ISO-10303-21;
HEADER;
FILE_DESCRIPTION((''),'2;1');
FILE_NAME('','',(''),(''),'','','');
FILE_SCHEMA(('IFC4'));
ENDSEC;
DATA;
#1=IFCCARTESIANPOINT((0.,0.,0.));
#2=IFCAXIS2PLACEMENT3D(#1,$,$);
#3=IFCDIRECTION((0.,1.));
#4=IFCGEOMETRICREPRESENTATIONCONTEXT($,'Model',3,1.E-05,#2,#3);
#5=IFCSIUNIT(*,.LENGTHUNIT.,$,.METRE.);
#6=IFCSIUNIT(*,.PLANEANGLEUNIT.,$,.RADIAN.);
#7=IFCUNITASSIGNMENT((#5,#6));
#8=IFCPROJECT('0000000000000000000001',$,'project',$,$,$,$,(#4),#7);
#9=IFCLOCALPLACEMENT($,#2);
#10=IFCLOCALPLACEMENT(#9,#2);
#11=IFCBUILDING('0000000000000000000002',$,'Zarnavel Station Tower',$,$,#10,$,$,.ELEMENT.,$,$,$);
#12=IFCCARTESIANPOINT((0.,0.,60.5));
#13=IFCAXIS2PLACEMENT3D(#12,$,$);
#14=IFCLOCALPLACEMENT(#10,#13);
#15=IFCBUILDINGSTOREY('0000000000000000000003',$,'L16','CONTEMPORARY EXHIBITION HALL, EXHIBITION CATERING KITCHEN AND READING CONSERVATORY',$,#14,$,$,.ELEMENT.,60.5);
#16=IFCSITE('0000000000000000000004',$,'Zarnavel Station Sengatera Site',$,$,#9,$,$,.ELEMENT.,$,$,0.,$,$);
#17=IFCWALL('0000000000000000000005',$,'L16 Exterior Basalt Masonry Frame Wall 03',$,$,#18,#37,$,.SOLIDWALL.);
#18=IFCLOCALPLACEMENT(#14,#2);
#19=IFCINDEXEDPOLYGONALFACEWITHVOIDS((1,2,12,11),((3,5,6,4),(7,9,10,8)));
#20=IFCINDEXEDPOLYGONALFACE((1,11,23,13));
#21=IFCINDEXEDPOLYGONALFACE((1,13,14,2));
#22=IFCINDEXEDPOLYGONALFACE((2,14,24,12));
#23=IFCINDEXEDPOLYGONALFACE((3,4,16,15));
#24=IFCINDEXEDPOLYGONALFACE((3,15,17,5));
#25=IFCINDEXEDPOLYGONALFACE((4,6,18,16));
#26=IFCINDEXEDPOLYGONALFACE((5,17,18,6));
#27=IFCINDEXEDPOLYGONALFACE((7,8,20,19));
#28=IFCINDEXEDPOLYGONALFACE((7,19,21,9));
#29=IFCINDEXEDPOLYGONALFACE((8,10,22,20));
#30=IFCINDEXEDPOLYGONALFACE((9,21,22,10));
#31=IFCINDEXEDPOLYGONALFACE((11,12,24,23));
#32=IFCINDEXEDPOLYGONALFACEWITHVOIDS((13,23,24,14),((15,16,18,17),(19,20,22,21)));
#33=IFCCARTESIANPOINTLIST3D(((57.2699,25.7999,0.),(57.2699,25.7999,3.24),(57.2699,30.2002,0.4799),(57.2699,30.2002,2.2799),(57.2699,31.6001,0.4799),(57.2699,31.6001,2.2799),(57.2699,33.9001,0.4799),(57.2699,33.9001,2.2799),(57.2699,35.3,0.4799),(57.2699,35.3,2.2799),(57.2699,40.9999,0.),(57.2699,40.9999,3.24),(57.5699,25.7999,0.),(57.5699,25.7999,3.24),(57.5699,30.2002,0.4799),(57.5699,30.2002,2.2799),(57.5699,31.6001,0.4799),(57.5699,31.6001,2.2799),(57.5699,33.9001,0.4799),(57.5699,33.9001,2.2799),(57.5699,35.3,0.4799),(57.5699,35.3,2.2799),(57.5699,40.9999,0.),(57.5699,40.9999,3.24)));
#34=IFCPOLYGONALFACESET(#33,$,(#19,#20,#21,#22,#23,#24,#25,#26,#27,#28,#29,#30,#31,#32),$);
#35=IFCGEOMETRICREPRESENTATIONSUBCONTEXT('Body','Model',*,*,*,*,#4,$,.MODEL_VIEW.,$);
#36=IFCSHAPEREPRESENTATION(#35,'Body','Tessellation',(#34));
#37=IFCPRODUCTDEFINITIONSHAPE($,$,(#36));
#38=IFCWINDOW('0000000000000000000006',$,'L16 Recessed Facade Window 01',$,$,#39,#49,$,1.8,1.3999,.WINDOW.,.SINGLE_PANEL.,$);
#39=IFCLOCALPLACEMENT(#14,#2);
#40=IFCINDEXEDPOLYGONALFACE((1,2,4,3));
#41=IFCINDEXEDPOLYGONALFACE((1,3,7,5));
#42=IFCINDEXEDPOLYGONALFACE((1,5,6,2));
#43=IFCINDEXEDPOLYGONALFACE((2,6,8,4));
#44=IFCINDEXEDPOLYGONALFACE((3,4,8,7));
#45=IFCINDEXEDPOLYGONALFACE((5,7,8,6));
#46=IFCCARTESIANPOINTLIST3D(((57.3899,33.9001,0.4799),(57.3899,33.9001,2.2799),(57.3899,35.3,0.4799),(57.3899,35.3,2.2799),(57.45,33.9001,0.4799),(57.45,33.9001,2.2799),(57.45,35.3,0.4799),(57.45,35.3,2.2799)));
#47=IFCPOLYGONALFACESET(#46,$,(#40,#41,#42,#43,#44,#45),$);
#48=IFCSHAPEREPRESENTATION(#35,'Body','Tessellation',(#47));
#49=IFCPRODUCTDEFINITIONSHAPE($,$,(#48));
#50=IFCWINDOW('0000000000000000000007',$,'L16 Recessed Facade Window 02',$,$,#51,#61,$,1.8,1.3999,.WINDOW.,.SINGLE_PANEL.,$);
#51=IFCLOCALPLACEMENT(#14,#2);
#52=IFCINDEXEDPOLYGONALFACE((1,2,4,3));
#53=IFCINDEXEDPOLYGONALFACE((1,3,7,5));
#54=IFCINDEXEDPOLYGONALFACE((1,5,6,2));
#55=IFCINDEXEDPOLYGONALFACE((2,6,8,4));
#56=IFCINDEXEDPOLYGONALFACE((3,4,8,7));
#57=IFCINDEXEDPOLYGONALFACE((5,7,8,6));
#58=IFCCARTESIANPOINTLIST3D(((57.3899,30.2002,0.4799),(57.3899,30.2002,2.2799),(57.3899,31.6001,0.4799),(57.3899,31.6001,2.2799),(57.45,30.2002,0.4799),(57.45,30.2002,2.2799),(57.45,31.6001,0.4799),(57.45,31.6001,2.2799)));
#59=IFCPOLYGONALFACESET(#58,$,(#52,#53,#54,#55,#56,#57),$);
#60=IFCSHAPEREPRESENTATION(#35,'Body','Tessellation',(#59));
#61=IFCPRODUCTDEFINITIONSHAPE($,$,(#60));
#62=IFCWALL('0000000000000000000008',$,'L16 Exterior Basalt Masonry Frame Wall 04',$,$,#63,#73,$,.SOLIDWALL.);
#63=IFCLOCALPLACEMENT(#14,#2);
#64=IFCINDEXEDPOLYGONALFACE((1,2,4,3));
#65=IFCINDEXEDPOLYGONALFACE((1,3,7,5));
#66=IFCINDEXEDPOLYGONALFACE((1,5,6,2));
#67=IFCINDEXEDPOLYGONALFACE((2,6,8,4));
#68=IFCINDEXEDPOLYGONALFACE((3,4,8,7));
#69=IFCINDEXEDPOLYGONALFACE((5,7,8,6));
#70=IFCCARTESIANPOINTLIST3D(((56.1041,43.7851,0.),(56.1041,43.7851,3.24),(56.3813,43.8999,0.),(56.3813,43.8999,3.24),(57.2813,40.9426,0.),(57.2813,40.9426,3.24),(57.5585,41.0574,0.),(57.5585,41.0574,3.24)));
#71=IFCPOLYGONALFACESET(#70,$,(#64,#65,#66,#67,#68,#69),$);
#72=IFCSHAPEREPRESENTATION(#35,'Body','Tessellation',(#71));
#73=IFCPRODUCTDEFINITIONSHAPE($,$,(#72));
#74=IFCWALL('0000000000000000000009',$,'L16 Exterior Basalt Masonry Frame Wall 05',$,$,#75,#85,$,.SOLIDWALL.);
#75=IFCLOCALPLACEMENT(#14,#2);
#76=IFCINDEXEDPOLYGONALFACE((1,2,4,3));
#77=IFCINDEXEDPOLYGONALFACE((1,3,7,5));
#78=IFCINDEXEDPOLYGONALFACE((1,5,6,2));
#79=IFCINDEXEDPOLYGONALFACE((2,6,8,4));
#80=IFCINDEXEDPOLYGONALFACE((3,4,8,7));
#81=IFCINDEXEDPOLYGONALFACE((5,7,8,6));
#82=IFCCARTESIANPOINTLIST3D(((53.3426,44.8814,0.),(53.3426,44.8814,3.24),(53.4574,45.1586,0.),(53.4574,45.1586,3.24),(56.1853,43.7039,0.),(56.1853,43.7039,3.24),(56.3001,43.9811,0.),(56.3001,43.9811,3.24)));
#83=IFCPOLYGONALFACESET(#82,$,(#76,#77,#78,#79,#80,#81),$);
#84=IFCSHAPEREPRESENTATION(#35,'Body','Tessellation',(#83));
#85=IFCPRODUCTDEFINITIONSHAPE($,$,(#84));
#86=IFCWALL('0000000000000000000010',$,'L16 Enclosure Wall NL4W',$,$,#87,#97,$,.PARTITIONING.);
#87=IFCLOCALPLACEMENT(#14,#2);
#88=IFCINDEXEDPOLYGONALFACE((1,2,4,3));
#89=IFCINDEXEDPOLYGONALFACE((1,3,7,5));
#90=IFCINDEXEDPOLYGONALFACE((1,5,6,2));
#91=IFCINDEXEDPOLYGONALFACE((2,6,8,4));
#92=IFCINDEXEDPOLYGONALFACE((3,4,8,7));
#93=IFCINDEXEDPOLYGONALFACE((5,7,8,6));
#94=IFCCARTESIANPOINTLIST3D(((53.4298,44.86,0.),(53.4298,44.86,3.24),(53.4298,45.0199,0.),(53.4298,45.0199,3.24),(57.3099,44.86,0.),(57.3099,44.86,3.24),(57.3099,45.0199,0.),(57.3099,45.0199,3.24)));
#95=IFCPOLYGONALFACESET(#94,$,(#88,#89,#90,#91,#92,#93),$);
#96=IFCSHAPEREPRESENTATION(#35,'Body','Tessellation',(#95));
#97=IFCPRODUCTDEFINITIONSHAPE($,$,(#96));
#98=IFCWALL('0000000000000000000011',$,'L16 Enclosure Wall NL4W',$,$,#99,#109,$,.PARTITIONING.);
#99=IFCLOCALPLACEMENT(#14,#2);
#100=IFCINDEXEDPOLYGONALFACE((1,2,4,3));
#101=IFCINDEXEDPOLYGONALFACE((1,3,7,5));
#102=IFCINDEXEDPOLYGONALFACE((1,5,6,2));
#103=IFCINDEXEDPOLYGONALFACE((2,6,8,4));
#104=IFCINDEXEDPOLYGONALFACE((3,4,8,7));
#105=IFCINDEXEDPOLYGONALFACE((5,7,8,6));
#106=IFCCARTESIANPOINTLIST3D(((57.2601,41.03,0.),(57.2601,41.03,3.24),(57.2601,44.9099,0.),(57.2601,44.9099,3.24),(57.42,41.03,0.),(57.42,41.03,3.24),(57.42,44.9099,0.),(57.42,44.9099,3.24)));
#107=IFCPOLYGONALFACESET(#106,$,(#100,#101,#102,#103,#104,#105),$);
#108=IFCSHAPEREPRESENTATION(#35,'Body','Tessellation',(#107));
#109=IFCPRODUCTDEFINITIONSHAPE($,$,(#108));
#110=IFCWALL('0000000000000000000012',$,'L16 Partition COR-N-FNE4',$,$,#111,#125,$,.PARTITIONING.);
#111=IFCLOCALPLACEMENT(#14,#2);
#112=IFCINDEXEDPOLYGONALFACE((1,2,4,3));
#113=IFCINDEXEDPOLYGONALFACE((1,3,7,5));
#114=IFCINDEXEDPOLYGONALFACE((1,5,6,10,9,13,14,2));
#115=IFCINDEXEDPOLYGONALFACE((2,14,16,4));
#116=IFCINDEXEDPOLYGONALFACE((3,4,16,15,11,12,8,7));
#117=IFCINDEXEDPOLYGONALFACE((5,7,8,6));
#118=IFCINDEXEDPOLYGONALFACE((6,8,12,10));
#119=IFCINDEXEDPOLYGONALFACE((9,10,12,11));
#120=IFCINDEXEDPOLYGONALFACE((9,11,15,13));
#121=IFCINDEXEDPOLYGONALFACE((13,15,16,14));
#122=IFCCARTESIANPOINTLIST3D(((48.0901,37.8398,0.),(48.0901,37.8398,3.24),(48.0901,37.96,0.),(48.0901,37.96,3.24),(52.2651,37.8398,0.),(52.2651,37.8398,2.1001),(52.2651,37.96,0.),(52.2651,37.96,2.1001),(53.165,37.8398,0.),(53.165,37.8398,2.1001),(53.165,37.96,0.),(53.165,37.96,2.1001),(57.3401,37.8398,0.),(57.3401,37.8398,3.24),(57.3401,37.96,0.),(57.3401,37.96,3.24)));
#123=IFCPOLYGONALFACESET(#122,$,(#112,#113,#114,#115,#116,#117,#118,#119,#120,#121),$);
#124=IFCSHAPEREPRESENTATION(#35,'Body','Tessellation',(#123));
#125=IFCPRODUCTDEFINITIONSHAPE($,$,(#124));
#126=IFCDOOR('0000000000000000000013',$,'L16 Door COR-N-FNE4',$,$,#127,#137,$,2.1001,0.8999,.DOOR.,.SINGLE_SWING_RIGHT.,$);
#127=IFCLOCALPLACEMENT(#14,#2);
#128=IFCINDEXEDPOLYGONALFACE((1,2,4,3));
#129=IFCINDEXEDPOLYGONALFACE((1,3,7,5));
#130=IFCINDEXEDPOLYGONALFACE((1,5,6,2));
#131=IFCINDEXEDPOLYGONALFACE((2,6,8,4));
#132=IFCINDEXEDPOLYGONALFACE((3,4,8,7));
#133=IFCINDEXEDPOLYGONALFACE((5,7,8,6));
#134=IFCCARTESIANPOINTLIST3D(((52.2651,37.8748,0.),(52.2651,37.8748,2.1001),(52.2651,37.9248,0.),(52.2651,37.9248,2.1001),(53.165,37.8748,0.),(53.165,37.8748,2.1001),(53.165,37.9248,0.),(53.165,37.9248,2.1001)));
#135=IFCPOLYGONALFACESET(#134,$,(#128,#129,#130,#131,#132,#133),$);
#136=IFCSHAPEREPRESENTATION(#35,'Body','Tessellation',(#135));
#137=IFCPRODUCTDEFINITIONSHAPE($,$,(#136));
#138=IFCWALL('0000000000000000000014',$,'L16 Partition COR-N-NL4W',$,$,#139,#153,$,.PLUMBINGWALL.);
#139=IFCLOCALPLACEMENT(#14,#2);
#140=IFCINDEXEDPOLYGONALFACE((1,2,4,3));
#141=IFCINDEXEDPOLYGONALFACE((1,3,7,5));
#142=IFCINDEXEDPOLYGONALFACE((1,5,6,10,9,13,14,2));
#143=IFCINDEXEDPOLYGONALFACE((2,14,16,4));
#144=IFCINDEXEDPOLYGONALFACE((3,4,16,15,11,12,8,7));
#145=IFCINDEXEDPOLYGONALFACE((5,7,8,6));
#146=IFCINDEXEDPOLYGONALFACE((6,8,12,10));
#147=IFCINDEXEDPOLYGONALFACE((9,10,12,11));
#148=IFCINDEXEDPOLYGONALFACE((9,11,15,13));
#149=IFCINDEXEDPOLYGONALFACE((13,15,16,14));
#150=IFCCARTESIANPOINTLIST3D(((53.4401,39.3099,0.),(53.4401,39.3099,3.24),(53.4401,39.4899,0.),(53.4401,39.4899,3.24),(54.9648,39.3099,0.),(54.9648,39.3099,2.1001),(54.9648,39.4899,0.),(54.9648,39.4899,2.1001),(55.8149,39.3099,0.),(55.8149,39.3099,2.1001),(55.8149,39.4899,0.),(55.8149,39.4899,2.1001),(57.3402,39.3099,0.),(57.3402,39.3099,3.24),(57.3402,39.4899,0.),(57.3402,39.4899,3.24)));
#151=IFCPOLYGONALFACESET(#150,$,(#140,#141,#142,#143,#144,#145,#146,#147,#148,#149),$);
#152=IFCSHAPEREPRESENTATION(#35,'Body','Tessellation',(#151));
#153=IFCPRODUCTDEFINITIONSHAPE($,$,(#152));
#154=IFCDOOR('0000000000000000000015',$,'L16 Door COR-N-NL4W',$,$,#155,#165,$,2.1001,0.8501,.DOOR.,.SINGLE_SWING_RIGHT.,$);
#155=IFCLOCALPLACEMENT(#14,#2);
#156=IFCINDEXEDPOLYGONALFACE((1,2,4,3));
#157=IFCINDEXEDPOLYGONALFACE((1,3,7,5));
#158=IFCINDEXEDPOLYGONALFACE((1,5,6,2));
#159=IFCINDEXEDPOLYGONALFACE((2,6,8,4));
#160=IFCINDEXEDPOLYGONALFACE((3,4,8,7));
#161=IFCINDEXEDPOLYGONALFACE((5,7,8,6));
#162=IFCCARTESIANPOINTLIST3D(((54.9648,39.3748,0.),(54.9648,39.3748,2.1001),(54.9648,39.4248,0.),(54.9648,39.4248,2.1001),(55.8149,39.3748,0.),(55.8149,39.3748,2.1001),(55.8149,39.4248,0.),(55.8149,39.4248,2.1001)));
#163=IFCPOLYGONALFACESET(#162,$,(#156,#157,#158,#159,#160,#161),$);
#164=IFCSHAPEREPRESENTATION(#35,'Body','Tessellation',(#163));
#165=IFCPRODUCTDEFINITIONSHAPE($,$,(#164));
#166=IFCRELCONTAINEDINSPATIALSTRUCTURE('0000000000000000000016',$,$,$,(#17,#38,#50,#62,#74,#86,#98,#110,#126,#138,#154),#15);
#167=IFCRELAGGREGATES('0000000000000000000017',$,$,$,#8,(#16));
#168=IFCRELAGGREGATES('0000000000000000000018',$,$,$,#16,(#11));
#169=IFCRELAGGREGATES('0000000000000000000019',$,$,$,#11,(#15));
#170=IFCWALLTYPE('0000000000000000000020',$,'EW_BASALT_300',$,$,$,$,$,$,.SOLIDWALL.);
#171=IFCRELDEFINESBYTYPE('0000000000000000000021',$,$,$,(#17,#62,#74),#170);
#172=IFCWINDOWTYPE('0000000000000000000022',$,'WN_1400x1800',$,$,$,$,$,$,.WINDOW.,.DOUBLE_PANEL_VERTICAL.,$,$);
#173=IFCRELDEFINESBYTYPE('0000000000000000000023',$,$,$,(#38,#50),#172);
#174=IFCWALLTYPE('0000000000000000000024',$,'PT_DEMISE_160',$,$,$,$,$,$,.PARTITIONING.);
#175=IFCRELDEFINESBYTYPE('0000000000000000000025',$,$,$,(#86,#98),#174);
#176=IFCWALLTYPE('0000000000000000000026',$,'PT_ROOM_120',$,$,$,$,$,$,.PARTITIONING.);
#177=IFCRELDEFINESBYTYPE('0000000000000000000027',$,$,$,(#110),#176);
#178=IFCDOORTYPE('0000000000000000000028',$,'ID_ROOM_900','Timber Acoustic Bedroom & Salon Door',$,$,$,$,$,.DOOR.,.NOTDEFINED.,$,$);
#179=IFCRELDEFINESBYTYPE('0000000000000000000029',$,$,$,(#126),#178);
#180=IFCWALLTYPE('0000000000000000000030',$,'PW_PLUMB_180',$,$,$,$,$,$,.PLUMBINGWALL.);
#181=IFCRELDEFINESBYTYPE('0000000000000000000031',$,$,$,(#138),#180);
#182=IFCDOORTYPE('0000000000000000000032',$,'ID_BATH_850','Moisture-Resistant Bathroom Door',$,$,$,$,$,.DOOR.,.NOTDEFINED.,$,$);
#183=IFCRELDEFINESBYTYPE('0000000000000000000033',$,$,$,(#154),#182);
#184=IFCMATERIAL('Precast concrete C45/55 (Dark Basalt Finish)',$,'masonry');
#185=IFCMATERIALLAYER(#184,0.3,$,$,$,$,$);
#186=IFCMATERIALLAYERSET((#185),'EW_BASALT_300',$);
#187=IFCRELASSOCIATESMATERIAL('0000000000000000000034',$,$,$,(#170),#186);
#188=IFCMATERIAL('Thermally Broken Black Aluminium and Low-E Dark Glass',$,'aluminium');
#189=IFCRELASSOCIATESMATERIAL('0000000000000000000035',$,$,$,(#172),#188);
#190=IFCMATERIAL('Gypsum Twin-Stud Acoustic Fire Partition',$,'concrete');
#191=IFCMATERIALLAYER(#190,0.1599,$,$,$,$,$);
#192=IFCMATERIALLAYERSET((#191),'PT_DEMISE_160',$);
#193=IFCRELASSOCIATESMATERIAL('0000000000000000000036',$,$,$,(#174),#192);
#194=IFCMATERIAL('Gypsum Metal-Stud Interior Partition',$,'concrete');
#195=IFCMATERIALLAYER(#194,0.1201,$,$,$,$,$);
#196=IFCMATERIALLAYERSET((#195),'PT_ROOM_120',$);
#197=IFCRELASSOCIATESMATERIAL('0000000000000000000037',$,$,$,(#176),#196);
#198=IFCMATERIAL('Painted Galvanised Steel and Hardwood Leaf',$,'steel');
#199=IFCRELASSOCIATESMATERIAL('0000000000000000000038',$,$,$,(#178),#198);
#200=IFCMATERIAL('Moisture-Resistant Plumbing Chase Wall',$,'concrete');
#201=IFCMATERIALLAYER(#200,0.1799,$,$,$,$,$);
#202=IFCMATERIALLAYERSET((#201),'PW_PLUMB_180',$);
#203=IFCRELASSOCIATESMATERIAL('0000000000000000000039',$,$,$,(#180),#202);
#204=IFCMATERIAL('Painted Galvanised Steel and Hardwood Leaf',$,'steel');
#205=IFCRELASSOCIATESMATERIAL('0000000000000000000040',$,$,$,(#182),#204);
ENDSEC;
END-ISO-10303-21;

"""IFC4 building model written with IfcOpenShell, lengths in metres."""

from ifc_helpers import new_model, si_unit, direction, frame, frame_2d, origin, place, context, subcontext, project, spatial, rectangle, extrude, material, layer, layer_set, type_object, element, fill, save


model = new_model("IFC4")

# Units and contexts
model_context = context("Model", 3, precision=1e-05, world=origin(), true_north=direction((0.0, 1.0)))
body_context = subcontext(model_context, "Body", "Model", "MODEL_VIEW")
ifc_project = project(units=[si_unit("LENGTHUNIT", "METRE"), si_unit("PLANEANGLEUNIT", "RADIAN")], contexts=[model_context])

# Site, building, storey
site_placement = place(None, origin())
site = spatial("IfcSite", under=ifc_project, at=site_placement, Name="Zarnavel Station Sengatera Site", CompositionType="ELEMENT", RefElevation=0.0)
building_placement = place(site_placement, origin())
building = spatial("IfcBuilding", under=site, at=building_placement, Name="Zarnavel Station Tower", CompositionType="ELEMENT")
storey_placement = place(building_placement, frame((0.0, 0.0, 60.5)))
storey = spatial("IfcBuildingStorey", under=building, at=storey_placement, Name="L16", Description="CONTEMPORARY EXHIBITION HALL, EXHIBITION CATERING KITCHEN AND READING CONSERVATORY", CompositionType="ELEMENT", Elevation=60.5)

# Wall, openings, windows
ifc_material_1 = material(Name="Precast concrete C45/55 (Dark Basalt Finish)", Category="masonry")
ifc_layer_1 = layer(ifc_material_1, 0.3)
ifc_layer_set_1 = layer_set([ifc_layer_1], Name="EW_BASALT_300")
wall_type_1 = type_object("IfcWallType", Name="EW_BASALT_300", PredefinedType="SOLIDWALL", material=ifc_layer_set_1)
wall_1_placement = place(storey_placement, frame((57.4199, 41.0, 0.0), z_axis=(0.0, 0.0, 1.0), x_axis=(0.0, -1.0, 0.0)))
wall_1 = element("IfcWall", 1, at=wall_1_placement, inside=storey, type_object=wall_type_1, Name="L16 Exterior Basalt Masonry Frame Wall 03", PredefinedType="SOLIDWALL", context=body_context, shape_type="SweptSolid", body=[
    extrude(rectangle(XDim=15.2, YDim=0.3, at=frame_2d((7.6001, 0.0))), origin(), (0.0, 0.0, 1.0), 3.24),
])
opening_1_placement = place(wall_1_placement, frame((5.7, 0.0, 0.48)))
opening_1 = element("IfcOpeningElement", 2, at=opening_1_placement, cuts=wall_1, PredefinedType="OPENING", context=body_context, shape_type="SweptSolid", body=[
    extrude(rectangle(XDim=1.3999, YDim=1.8, at=frame_2d((0.7, 0.8999))), frame((0.0, 0.1599, 0.0), z_axis=(0.0, -1.0, 0.0), x_axis=(1.0, 0.0, 0.0)), (0.0, 0.0, 1.0), 0.3201),
])
opening_2_placement = place(wall_1_placement, frame((9.3999, 0.0, 0.48)))
opening_2 = element("IfcOpeningElement", 3, at=opening_2_placement, cuts=wall_1, PredefinedType="OPENING", context=body_context, shape_type="SweptSolid", body=[
    extrude(rectangle(XDim=1.3999, YDim=1.8, at=frame_2d((0.7, 0.8999))), frame((0.0, 0.1599, 0.0), z_axis=(0.0, -1.0, 0.0), x_axis=(1.0, 0.0, 0.0)), (0.0, 0.0, 1.0), 0.3201),
])
ifc_material_2 = material(Name="Thermally Broken Black Aluminium and Low-E Dark Glass", Category="aluminium")
window_type = type_object("IfcWindowType", Name="WN_1400x1800", PartitioningType="DOUBLE_PANEL_VERTICAL", PredefinedType="WINDOW", material=ifc_material_2)
window_1_placement = place(opening_1_placement, origin())
window_1 = element("IfcWindow", 4, at=window_1_placement, inside=storey, type_object=window_type, Name="L16 Recessed Facade Window 01", OverallHeight=1.8, OverallWidth=1.3999, PartitioningType="SINGLE_PANEL", PredefinedType="WINDOW", context=body_context, shape_type="SweptSolid", body=[
    extrude(rectangle(XDim=1.3999, YDim=1.8, at=frame_2d((0.7, 0.8999))), frame((0.0, 0.03, 0.0), z_axis=(0.0, -1.0, 0.0), x_axis=(1.0, 0.0, 0.0)), (0.0, 0.0, 1.0), 0.0601),
])
fill(opening_1, window_1)
window_2_placement = place(opening_2_placement, origin())
window_2 = element("IfcWindow", 5, at=window_2_placement, inside=storey, type_object=window_type, Name="L16 Recessed Facade Window 02", OverallHeight=1.8, OverallWidth=1.3999, PartitioningType="SINGLE_PANEL", PredefinedType="WINDOW", context=body_context, shape_type="SweptSolid", body=[
    extrude(rectangle(XDim=1.3999, YDim=1.8, at=frame_2d((0.7, 0.8999))), frame((0.0, 0.03, 0.0), z_axis=(0.0, -1.0, 0.0), x_axis=(1.0, 0.0, 0.0)), (0.0, 0.0, 1.0), 0.0601),
])
fill(opening_2, window_2)

# Walls
wall_2_placement = place(storey_placement, frame((56.2427, 43.8425, 0.0), z_axis=(0.0, 0.0, 1.0), x_axis=(0.382637, -0.923899, 0.0)))
element("IfcWall", 6, at=wall_2_placement, inside=storey, type_object=wall_type_1, Name="L16 Exterior Basalt Masonry Frame Wall 04", PredefinedType="SOLIDWALL", context=body_context, shape_type="SweptSolid", body=[
    extrude(rectangle(XDim=3.0767, YDim=0.3, at=frame_2d((1.5383, 0.0))), origin(), (0.0, 0.0, 1.0), 3.24),
])
wall_3_placement = place(storey_placement, frame((53.3999, 45.02, 0.0), z_axis=(0.0, 0.0, 1.0), x_axis=(0.923882, -0.382676, 0.0)))
element("IfcWall", 7, at=wall_3_placement, inside=storey, type_object=wall_type_1, Name="L16 Exterior Basalt Masonry Frame Wall 05", PredefinedType="SOLIDWALL", context=body_context, shape_type="SweptSolid", body=[
    extrude(rectangle(XDim=3.0769, YDim=0.3, at=frame_2d((1.5386, 0.0))), origin(), (0.0, 0.0, 1.0), 3.24),
])
ifc_material_3 = material(Name="Gypsum Twin-Stud Acoustic Fire Partition", Category="concrete")
ifc_layer_2 = layer(ifc_material_3, 0.1599)
ifc_layer_set_2 = layer_set([ifc_layer_2], Name="PT_DEMISE_160")
wall_type_2 = type_object("IfcWallType", Name="PT_DEMISE_160", PredefinedType="PARTITIONING", material=ifc_layer_set_2)
wall_4_placement = place(storey_placement, frame((53.4299, 44.9399, 0.0), z_axis=(0.0, 0.0, 1.0), x_axis=(1.0, 0.0, 0.0)))
element("IfcWall", 8, at=wall_4_placement, inside=storey, type_object=wall_type_2, Name="L16 Enclosure Wall NL4W", PredefinedType="PARTITIONING", context=body_context, shape_type="SweptSolid", body=[
    extrude(rectangle(XDim=3.8801, YDim=0.1599, at=frame_2d((1.9399, 0.0))), origin(), (0.0, 0.0, 1.0), 3.24),
])
wall_5_placement = place(storey_placement, frame((57.3401, 41.03, 0.0), z_axis=(0.0, 0.0, 1.0), x_axis=(0.0, 1.0, 0.0)))
element("IfcWall", 9, at=wall_5_placement, inside=storey, type_object=wall_type_2, Name="L16 Enclosure Wall NL4W", PredefinedType="PARTITIONING", context=body_context, shape_type="SweptSolid", body=[
    extrude(rectangle(XDim=3.8799, YDim=0.1599, at=frame_2d((1.9399, 0.0))), origin(), (0.0, 0.0, 1.0), 3.24),
])

# Walls, openings, doors
ifc_material_4 = material(Name="Gypsum Metal-Stud Interior Partition", Category="concrete")
ifc_layer_3 = layer(ifc_material_4, 0.1201)
ifc_layer_set_3 = layer_set([ifc_layer_3], Name="PT_ROOM_120")
wall_type_3 = type_object("IfcWallType", Name="PT_ROOM_120", PredefinedType="PARTITIONING", material=ifc_layer_set_3)
wall_6_placement = place(storey_placement, frame((48.0901, 37.8999, 0.0), z_axis=(0.0, 0.0, 1.0), x_axis=(1.0, 0.0, 0.0)))
wall_6 = element("IfcWall", 10, at=wall_6_placement, inside=storey, type_object=wall_type_3, Name="L16 Partition COR-N-FNE4", PredefinedType="PARTITIONING", context=body_context, shape_type="SweptSolid", body=[
    extrude(rectangle(XDim=9.25, YDim=0.1201, at=frame_2d((4.625, 0.0))), origin(), (0.0, 0.0, 1.0), 3.24),
])
opening_3_placement = place(wall_6_placement, frame((4.175, 0.0, 0.0)))
opening_3 = element("IfcOpeningElement", 11, at=opening_3_placement, cuts=wall_6, PredefinedType="OPENING", context=body_context, shape_type="SweptSolid", body=[
    extrude(rectangle(XDim=0.8999, YDim=2.1001, at=frame_2d((0.45, 1.05))), frame((0.0, 0.0701, 0.0), z_axis=(0.0, -1.0, 0.0), x_axis=(1.0, 0.0, 0.0)), (0.0, 0.0, 1.0), 0.1401),
])
ifc_material_5 = material(Name="Painted Galvanised Steel and Hardwood Leaf", Category="steel")
door_type_1 = type_object("IfcDoorType", Name="ID_ROOM_900", Description="Timber Acoustic Bedroom & Salon Door", OperationType="NOTDEFINED", PredefinedType="DOOR", material=ifc_material_5)
door_1_placement = place(opening_3_placement, origin())
door_1 = element("IfcDoor", 12, at=door_1_placement, inside=storey, type_object=door_type_1, Name="L16 Door COR-N-FNE4", OperationType="SINGLE_SWING_RIGHT", OverallHeight=2.1001, OverallWidth=0.8999, PredefinedType="DOOR", context=body_context, shape_type="SweptSolid", body=[
    extrude(rectangle(XDim=0.8999, YDim=2.1001, at=frame_2d((0.45, 1.05))), frame((0.0, 0.0249, 0.0), z_axis=(0.0, -1.0, 0.0), x_axis=(1.0, 0.0, 0.0)), (0.0, 0.0, 1.0), 0.05),
])
fill(opening_3, door_1)
ifc_material_6 = material(Name="Moisture-Resistant Plumbing Chase Wall", Category="concrete")
ifc_layer_4 = layer(ifc_material_6, 0.1799)
ifc_layer_set_4 = layer_set([ifc_layer_4], Name="PW_PLUMB_180")
wall_type_4 = type_object("IfcWallType", Name="PW_PLUMB_180", PredefinedType="PLUMBINGWALL", material=ifc_layer_set_4)
wall_7_placement = place(storey_placement, frame((53.4399, 39.3999, 0.0), z_axis=(0.0, 0.0, 1.0), x_axis=(1.0, 0.0, 0.0)))
wall_7 = element("IfcWall", 13, at=wall_7_placement, inside=storey, type_object=wall_type_4, Name="L16 Partition COR-N-NL4W", PredefinedType="PLUMBINGWALL", context=body_context, shape_type="SweptSolid", body=[
    extrude(rectangle(XDim=3.9001, YDim=0.1799, at=frame_2d((1.9502, 0.0))), origin(), (0.0, 0.0, 1.0), 3.24),
])
opening_4_placement = place(wall_7_placement, frame((1.5249, 0.0, 0.0)))
opening_4 = element("IfcOpeningElement", 14, at=opening_4_placement, cuts=wall_7, PredefinedType="OPENING", context=body_context, shape_type="SweptSolid", body=[
    extrude(rectangle(XDim=0.8501, YDim=2.1001, at=frame_2d((0.425, 1.05))), frame((0.0, 0.0999, 0.0), z_axis=(0.0, -1.0, 0.0), x_axis=(1.0, 0.0, 0.0)), (0.0, 0.0, 1.0), 0.2),
])
ifc_material_7 = material(Name="Painted Galvanised Steel and Hardwood Leaf", Category="steel")
door_type_2 = type_object("IfcDoorType", Name="ID_BATH_850", Description="Moisture-Resistant Bathroom Door", OperationType="NOTDEFINED", PredefinedType="DOOR", material=ifc_material_7)
door_2_placement = place(opening_4_placement, origin())
door_2 = element("IfcDoor", 15, at=door_2_placement, inside=storey, type_object=door_type_2, Name="L16 Door COR-N-NL4W", OperationType="SINGLE_SWING_RIGHT", OverallHeight=2.1001, OverallWidth=0.8501, PredefinedType="DOOR", context=body_context, shape_type="SweptSolid", body=[
    extrude(rectangle(XDim=0.8501, YDim=2.1001, at=frame_2d((0.425, 1.05))), frame((0.0, 0.0249, 0.0), z_axis=(0.0, -1.0, 0.0), x_axis=(1.0, 0.0, 0.0)), (0.0, 0.0, 1.0), 0.05),
])
fill(opening_4, door_2)

save(model, "model.ifc")
